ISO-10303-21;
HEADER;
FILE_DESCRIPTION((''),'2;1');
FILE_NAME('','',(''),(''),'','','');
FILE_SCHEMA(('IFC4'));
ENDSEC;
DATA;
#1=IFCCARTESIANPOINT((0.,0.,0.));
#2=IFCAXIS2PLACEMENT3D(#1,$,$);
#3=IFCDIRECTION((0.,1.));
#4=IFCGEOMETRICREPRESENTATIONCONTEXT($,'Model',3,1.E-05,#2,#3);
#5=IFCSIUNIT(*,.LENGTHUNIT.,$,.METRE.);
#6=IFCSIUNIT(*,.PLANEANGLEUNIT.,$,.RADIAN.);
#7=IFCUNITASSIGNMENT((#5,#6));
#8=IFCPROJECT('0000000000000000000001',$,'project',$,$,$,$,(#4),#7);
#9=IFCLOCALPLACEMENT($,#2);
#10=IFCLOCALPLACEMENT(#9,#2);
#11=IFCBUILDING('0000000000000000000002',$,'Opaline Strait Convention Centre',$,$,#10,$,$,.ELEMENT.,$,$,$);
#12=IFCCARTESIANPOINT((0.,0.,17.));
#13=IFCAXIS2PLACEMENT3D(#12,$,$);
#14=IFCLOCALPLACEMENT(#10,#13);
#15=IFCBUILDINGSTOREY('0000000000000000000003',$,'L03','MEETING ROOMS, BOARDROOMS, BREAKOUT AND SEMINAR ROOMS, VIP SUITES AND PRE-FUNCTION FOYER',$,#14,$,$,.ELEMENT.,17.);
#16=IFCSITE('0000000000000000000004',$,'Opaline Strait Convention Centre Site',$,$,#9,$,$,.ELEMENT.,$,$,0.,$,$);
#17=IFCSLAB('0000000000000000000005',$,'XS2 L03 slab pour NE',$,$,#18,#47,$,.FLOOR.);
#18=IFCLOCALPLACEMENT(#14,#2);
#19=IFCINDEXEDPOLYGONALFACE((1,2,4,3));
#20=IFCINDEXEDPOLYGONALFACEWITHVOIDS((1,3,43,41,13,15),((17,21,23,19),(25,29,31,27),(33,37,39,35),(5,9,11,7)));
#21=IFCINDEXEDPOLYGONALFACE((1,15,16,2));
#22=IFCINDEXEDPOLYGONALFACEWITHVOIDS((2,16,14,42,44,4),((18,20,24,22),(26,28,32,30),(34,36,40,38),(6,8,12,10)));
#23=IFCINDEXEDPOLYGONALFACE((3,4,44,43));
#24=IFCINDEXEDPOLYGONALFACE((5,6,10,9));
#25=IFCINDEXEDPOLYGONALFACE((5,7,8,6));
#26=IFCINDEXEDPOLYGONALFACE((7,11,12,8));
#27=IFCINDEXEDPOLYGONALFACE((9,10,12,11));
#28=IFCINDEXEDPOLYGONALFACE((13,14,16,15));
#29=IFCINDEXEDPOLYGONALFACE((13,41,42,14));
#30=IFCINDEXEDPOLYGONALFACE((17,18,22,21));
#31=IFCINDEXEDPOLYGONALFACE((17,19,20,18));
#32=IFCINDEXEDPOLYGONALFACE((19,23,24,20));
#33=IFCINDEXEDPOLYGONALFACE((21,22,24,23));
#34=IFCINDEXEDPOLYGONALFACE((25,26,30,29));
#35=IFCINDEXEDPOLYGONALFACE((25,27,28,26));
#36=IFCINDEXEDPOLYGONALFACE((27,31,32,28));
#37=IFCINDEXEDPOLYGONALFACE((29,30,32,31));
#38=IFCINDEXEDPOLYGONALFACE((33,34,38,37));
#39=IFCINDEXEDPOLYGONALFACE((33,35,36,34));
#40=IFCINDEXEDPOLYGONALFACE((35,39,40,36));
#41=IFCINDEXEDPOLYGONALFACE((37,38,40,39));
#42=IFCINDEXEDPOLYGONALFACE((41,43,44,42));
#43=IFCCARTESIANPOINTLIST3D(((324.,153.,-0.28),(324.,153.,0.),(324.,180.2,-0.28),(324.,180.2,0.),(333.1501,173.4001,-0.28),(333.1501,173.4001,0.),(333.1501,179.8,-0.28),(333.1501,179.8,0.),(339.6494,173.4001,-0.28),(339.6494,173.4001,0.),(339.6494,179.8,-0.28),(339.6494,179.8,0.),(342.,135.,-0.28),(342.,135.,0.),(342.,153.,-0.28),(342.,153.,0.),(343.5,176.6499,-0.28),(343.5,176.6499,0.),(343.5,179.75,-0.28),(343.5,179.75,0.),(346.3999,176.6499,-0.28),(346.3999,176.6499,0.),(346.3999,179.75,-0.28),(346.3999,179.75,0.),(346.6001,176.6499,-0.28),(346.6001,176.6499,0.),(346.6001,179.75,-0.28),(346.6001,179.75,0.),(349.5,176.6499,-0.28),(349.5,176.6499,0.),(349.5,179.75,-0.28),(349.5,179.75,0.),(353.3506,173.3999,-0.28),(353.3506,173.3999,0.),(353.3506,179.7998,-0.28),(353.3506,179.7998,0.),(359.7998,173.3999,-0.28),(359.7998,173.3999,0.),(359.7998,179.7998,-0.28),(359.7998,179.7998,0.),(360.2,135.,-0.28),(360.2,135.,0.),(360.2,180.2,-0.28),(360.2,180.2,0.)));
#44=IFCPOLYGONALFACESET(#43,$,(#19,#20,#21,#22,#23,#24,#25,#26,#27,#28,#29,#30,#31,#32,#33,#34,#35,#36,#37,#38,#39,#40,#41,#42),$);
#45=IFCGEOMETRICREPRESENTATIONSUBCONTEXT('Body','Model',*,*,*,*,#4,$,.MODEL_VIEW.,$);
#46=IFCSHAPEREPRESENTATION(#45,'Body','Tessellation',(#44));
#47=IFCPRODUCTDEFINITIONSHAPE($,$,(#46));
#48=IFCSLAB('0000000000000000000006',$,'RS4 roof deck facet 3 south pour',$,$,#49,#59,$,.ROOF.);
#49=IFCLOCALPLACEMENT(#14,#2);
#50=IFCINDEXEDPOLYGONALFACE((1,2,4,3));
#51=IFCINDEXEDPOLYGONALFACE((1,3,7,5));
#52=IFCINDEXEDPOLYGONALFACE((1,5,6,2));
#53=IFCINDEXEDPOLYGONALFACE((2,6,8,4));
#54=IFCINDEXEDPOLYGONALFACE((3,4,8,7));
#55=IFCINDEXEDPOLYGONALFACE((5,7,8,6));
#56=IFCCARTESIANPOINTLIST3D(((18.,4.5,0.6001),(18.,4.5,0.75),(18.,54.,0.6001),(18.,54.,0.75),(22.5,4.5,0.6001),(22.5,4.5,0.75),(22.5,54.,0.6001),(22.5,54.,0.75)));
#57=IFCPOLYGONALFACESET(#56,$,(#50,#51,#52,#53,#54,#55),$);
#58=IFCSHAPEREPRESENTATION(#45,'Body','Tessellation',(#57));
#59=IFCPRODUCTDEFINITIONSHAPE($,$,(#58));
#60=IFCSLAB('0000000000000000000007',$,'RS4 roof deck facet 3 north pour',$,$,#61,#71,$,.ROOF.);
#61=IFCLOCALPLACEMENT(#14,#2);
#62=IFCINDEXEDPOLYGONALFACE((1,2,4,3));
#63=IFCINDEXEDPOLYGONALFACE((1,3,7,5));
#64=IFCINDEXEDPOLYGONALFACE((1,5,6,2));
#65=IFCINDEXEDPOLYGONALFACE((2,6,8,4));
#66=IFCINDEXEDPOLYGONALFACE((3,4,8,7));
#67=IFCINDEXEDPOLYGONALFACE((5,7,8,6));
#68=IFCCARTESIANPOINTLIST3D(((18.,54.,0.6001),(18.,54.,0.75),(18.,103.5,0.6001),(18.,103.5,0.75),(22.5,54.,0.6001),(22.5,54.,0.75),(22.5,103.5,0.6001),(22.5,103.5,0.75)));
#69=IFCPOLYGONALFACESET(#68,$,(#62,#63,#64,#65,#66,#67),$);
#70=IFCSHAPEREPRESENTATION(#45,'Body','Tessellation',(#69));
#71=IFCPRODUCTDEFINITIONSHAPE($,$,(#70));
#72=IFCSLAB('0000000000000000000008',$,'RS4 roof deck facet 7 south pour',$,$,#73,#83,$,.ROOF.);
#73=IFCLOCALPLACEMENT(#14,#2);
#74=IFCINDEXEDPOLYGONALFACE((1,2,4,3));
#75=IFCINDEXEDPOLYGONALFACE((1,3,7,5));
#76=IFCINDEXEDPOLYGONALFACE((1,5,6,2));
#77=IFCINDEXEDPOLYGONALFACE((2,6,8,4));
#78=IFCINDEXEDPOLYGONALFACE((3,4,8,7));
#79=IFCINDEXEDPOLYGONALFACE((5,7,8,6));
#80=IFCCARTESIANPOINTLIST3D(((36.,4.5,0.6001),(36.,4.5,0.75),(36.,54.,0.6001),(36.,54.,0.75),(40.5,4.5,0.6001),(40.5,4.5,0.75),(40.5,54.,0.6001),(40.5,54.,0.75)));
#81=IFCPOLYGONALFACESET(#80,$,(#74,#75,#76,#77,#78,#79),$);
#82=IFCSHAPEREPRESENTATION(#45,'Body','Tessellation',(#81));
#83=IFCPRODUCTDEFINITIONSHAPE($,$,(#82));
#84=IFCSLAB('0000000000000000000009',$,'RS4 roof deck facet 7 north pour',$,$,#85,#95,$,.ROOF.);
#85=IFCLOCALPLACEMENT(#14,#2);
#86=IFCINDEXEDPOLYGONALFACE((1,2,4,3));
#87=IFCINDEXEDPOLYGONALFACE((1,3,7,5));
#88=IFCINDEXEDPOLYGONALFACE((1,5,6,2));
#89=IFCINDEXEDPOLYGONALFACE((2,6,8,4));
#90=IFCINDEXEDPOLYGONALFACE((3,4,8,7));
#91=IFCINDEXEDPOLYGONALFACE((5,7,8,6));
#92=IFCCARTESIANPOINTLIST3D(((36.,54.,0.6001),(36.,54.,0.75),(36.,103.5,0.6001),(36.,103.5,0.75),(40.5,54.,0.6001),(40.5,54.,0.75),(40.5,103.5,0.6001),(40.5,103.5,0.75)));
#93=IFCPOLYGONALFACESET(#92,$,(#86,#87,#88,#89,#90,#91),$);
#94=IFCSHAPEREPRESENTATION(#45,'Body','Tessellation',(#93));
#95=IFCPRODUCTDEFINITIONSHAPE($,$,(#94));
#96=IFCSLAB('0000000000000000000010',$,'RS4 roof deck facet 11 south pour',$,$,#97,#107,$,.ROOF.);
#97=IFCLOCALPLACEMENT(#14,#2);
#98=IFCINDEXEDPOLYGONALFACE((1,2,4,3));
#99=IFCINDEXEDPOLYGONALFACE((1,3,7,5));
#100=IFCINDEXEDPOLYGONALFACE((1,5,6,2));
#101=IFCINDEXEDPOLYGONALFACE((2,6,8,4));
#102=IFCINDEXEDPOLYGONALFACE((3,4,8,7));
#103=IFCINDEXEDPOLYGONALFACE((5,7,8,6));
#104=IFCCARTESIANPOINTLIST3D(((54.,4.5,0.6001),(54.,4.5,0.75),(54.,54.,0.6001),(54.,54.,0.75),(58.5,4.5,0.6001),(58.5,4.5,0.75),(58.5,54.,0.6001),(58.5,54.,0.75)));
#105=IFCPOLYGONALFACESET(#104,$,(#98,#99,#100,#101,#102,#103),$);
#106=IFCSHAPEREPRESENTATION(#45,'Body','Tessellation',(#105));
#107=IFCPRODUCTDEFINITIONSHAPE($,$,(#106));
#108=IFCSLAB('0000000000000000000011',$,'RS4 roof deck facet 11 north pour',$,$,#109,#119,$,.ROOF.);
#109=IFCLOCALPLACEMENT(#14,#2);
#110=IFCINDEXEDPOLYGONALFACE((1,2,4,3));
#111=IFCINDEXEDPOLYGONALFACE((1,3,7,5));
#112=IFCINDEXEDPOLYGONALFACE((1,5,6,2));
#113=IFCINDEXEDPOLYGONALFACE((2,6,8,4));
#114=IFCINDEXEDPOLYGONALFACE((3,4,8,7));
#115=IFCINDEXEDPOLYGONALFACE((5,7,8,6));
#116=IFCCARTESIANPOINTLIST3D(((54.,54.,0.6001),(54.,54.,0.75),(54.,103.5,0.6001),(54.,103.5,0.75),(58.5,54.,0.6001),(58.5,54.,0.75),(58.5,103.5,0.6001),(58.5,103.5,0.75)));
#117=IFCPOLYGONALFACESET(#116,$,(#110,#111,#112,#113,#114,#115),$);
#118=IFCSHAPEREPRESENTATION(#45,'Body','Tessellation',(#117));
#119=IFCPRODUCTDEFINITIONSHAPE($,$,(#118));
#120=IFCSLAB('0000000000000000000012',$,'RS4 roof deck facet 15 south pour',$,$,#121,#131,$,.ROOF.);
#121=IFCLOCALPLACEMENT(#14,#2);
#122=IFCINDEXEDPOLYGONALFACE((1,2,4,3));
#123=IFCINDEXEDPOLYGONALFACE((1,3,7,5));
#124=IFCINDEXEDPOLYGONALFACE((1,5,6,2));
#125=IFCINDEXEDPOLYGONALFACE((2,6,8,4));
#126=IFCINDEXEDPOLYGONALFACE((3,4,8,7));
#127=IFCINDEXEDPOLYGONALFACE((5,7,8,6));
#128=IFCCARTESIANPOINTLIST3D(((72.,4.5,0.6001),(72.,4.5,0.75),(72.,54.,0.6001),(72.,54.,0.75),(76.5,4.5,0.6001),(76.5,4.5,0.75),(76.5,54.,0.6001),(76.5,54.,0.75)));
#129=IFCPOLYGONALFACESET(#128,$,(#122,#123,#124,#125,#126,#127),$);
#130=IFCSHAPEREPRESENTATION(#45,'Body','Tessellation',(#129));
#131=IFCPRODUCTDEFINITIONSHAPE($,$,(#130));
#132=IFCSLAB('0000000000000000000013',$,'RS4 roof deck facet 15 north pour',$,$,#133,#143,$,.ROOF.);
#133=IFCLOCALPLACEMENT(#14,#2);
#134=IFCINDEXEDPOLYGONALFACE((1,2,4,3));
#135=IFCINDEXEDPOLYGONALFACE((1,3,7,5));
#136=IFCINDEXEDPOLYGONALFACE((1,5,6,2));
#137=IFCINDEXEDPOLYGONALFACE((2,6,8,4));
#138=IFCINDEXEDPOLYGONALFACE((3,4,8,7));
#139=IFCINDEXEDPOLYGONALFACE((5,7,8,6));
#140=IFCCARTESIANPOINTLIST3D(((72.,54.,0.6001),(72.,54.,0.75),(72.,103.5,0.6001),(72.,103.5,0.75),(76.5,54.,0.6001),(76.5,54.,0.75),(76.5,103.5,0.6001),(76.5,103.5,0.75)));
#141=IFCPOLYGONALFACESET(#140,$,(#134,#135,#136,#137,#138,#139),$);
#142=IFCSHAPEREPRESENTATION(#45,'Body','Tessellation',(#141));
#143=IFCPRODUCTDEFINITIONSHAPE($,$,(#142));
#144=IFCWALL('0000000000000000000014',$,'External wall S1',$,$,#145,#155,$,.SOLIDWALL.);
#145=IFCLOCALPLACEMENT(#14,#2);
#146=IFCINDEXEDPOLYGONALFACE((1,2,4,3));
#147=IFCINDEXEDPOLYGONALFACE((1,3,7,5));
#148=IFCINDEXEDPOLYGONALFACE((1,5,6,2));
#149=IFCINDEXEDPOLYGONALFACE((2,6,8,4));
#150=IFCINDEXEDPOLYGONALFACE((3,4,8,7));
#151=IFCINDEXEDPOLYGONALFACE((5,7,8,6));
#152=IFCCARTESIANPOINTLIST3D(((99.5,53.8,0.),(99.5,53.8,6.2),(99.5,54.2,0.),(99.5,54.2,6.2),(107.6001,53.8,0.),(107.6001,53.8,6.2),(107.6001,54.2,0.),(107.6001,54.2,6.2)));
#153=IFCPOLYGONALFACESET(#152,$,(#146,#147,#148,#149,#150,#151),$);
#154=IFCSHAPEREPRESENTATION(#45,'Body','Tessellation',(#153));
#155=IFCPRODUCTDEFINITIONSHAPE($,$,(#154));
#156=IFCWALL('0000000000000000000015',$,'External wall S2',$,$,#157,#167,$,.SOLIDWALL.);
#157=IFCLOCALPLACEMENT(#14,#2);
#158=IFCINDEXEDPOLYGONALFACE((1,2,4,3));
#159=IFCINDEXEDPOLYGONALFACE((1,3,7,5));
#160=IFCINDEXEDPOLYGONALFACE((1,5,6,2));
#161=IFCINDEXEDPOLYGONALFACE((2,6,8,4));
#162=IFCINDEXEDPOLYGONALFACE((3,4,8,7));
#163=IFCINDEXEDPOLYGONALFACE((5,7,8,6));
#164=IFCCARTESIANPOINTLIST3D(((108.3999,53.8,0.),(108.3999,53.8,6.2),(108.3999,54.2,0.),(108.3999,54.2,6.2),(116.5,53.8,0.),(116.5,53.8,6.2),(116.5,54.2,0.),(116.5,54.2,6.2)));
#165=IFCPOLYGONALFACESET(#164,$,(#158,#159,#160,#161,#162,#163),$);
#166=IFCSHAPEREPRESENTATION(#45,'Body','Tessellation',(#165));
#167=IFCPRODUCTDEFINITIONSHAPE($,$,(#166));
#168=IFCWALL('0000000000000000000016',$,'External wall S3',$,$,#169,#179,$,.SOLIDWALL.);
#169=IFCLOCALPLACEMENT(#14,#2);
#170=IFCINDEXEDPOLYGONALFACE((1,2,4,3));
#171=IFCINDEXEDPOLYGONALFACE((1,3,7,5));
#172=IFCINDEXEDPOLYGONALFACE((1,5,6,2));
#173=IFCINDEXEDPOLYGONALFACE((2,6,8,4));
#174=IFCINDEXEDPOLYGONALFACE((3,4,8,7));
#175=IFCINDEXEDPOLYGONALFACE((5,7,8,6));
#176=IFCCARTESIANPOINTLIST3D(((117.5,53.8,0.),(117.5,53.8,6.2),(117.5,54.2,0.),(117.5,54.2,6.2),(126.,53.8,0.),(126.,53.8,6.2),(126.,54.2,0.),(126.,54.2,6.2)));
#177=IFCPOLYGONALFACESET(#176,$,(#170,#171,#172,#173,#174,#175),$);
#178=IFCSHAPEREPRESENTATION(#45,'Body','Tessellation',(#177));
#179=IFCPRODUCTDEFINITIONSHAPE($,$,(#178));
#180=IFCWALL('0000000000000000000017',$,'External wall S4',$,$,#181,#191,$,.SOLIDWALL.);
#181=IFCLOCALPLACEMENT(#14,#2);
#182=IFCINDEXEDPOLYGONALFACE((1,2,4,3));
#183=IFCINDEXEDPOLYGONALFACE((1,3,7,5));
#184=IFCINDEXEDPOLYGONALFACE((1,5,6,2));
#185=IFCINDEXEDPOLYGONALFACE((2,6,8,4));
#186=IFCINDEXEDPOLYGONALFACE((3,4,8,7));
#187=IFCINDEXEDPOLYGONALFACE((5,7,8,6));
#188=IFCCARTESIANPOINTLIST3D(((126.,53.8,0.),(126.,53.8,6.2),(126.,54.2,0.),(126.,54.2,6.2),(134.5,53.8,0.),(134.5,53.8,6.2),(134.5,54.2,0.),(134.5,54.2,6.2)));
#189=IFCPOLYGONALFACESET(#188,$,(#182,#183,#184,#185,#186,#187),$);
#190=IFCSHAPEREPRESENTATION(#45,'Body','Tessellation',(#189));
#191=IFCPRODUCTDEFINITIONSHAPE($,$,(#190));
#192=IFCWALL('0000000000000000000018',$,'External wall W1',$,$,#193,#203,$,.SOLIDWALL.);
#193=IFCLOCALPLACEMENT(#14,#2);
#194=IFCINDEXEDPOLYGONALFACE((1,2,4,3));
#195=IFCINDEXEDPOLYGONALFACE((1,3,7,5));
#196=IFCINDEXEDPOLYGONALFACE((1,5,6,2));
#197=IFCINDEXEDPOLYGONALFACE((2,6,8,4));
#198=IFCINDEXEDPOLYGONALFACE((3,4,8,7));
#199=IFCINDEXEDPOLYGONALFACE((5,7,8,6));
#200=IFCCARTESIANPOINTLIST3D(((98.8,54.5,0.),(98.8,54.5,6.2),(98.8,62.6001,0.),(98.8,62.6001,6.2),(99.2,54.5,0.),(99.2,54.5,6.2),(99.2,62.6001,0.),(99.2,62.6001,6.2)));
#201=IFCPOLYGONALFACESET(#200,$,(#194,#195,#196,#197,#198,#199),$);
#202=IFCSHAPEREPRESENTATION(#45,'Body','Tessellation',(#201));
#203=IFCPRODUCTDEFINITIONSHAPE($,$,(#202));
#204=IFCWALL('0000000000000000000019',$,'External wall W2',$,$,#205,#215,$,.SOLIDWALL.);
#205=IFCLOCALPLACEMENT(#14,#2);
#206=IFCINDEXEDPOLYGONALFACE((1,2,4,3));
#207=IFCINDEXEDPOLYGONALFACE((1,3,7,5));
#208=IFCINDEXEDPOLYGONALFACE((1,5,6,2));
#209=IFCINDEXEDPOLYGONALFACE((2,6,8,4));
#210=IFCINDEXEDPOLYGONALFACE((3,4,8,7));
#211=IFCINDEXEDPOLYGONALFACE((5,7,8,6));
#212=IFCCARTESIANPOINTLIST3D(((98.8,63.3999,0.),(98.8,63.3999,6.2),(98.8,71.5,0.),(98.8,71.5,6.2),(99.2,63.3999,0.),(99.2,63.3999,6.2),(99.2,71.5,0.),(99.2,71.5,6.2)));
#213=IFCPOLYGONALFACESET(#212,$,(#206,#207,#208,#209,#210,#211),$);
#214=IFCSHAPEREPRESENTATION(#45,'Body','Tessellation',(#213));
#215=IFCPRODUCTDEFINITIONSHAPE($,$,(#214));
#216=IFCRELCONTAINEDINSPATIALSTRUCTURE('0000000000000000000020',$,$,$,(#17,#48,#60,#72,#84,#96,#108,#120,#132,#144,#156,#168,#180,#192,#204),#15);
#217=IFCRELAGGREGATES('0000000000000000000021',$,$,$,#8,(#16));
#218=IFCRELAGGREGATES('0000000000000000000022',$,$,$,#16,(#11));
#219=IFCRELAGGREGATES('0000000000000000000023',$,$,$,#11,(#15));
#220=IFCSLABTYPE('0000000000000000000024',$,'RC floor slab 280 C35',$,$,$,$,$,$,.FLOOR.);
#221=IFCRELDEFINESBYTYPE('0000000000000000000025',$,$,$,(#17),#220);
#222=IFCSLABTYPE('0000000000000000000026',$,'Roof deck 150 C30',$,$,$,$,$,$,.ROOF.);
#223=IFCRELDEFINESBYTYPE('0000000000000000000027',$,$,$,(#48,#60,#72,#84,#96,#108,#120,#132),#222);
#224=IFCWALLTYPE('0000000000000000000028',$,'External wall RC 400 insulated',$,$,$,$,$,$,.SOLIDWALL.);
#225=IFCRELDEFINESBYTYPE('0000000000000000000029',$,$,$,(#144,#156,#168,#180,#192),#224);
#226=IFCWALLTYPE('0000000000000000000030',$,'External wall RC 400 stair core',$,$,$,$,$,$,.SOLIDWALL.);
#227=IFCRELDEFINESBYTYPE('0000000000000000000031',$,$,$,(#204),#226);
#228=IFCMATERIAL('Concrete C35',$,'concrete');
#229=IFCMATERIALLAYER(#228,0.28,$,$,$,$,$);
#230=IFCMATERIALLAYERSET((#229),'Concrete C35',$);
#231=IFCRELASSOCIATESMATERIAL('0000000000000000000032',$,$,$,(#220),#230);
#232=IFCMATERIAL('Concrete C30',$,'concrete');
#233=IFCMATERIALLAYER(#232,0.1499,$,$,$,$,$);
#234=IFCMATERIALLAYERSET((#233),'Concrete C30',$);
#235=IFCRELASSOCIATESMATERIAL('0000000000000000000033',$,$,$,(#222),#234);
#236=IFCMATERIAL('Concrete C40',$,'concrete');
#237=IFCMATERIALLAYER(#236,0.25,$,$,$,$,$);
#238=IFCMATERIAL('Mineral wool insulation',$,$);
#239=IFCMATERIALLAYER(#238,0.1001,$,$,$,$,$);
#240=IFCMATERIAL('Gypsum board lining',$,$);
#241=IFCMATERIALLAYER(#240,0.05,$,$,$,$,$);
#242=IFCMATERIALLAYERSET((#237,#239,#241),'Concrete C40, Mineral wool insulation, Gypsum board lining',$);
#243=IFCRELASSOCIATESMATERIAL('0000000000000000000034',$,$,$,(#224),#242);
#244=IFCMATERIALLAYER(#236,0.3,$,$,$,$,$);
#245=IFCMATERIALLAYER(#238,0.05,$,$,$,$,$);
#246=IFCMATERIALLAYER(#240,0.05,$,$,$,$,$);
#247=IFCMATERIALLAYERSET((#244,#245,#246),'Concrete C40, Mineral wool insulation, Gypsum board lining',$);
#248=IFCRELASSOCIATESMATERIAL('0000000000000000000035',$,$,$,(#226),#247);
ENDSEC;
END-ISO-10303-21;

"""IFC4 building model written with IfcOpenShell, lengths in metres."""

from ifc_helpers import new_model, si_unit, direction, frame, frame_2d, origin, place, context, subcontext, project, spatial, polyline, rectangle, outline, extrude, material, layer, layer_set, type_object, element, save


model = new_model("IFC4")

# Units and contexts
model_context = context("Model", 3, precision=1e-05, world=origin(), true_north=direction((0.0, 1.0)))
body_context = subcontext(model_context, "Body", "Model", "MODEL_VIEW")
ifc_project = project(units=[si_unit("LENGTHUNIT", "METRE"), si_unit("PLANEANGLEUNIT", "RADIAN")], contexts=[model_context])

# Site, building, storey
site_placement = place(None, origin())
site = spatial("IfcSite", under=ifc_project, at=site_placement, Name="Opaline Strait Convention Centre Site", CompositionType="ELEMENT", RefElevation=0.0)
building_placement = place(site_placement, origin())
building = spatial("IfcBuilding", under=site, at=building_placement, Name="Opaline Strait Convention Centre", CompositionType="ELEMENT")
storey_placement = place(building_placement, frame((0.0, 0.0, 17.0)))
storey = spatial("IfcBuildingStorey", under=building, at=storey_placement, Name="L03", Description="MEETING ROOMS, BOARDROOMS, BREAKOUT AND SEMINAR ROOMS, VIP SUITES AND PRE-FUNCTION FOYER", CompositionType="ELEMENT", Elevation=17.0)

# Slabs
ifc_material_1 = material(Name="Concrete C35", Category="concrete")
ifc_layer_1 = layer(ifc_material_1, 0.28)
ifc_layer_set_1 = layer_set([ifc_layer_1], Name="Concrete C35")
slab_type_1 = type_object("IfcSlabType", Name="RC floor slab 280 C35", PredefinedType="FLOOR", material=ifc_layer_set_1)
slab_1_placement = place(storey_placement, frame((0.0, 0.0, -0.28)))
element("IfcSlab", 1, at=slab_1_placement, inside=storey, type_object=slab_type_1, Name="XS2 L03 slab pour NE", PredefinedType="FLOOR", context=body_context, shape_type="SweptSolid", body=[
    extrude(outline(polyline([(360.2, 180.2), (360.2, 135.0), (342.0, 135.0), (342.0, 153.0), (324.0, 153.0), (324.0, 180.2), (360.2, 180.2)]), holes=[polyline([(353.3506, 179.7998), (353.3506, 173.3999), (359.7998, 173.3999), (359.7998, 179.7998), (353.3506, 179.7998)]), polyline([(333.1501, 179.8), (333.1501, 173.4001), (339.6494, 173.4001), (339.6494, 179.8), (333.1501, 179.8)]), polyline([(343.5, 179.75), (343.5, 176.6499), (346.3999, 176.6499), (346.3999, 179.75), (343.5, 179.75)]), polyline([(346.6001, 179.75), (346.6001, 176.6499), (349.5, 176.6499), (349.5, 179.75), (346.6001, 179.75)])]), origin(), (0.0, 0.0, 1.0), 0.28),
])
ifc_material_2 = material(Name="Concrete C30", Category="concrete")
ifc_layer_2 = layer(ifc_material_2, 0.1499)
ifc_layer_set_2 = layer_set([ifc_layer_2], Name="Concrete C30")
slab_type_2 = type_object("IfcSlabType", Name="Roof deck 150 C30", PredefinedType="ROOF", material=ifc_layer_set_2)
for number, where, z_axis, x_axis, name in (
    (2, (18.0, 4.5, 0.75), (0.0, 0.0, 1.0), (1.0, 0.0, 0.0), "RS4 roof deck facet 3 south pour"),
    (3, (18.0, 54.0, 0.75), (0.0, 0.0, 1.0), (1.0, 0.0, 0.0), "RS4 roof deck facet 3 north pour"),
    (4, (36.0, 4.5, 0.75), (0.0, 0.0, 1.0), (1.0, 0.0, 0.0), "RS4 roof deck facet 7 south pour"),
    (5, (36.0, 54.0, 0.75), (0.0, 0.0, 1.0), (1.0, 0.0, 0.0), "RS4 roof deck facet 7 north pour"),
    (6, (54.0, 4.5, 0.75), (0.0, 0.0, 1.0), (1.0, 0.0, 0.0), "RS4 roof deck facet 11 south pour"),
    (7, (54.0, 54.0, 0.75), (0.0, 0.0, 1.0), (1.0, 0.0, 0.0), "RS4 roof deck facet 11 north pour"),
    (8, (72.0, 4.5, 0.75), (0.0, 0.0, 1.0), (1.0, 0.0, 0.0), "RS4 roof deck facet 15 south pour"),
    (9, (72.0, 54.0, 0.75), (0.0, 0.0, 1.0), (1.0, 0.0, 0.0), "RS4 roof deck facet 15 north pour"),
):
    element("IfcSlab", number, at=place(storey_placement, frame(where, z_axis=z_axis, x_axis=x_axis)), inside=storey, type_object=slab_type_2, Name=name, PredefinedType="ROOF", context=body_context, shape_type="SweptSolid", body=[
        extrude(outline(polyline([(0.0, 0.0), (4.5, 0.0), (4.5, 49.5), (0.0, 49.5), (0.0, 0.0)])), origin(), (0.0, 0.0, -1.0), 0.1499),
    ])

# Walls
ifc_material_3 = material(Name="Concrete C40", Category="concrete")
ifc_layer_3 = layer(ifc_material_3, 0.25)
ifc_material_4 = material(Name="Mineral wool insulation")
ifc_layer_4 = layer(ifc_material_4, 0.1001)
ifc_material_5 = material(Name="Gypsum board lining")
ifc_layer_5 = layer(ifc_material_5, 0.05)
ifc_layer_set_3 = layer_set([ifc_layer_3, ifc_layer_4, ifc_layer_5], Name="Concrete C40, Mineral wool insulation, Gypsum board lining")
wall_type_1 = type_object("IfcWallType", Name="External wall RC 400 insulated", PredefinedType="SOLIDWALL", material=ifc_layer_set_3)
for number, where, z_axis, x_axis, name in (
    (10, (99.5, 54.0, 0.0), (0.0, 0.0, 1.0), (1.0, 0.0, 0.0), "External wall S1"),
    (11, (108.3999, 54.0, 0.0), (0.0, 0.0, 1.0), (1.0, 0.0, 0.0), "External wall S2"),
):
    element("IfcWall", number, at=place(storey_placement, frame(where, z_axis=z_axis, x_axis=x_axis)), inside=storey, type_object=wall_type_1, Name=name, PredefinedType="SOLIDWALL", context=body_context, shape_type="SweptSolid", body=[
        extrude(rectangle(XDim=8.1001, YDim=0.3999, at=frame_2d((4.05, 0.0))), origin(), (0.0, 0.0, 1.0), 6.2),
    ])
for number, where, z_axis, x_axis, name in (
    (12, (117.5, 54.0, 0.0), (0.0, 0.0, 1.0), (1.0, 0.0, 0.0), "External wall S3"),
    (13, (126.0, 54.0, 0.0), (0.0, 0.0, 1.0), (1.0, 0.0, 0.0), "External wall S4"),
):
    element("IfcWall", number, at=place(storey_placement, frame(where, z_axis=z_axis, x_axis=x_axis)), inside=storey, type_object=wall_type_1, Name=name, PredefinedType="SOLIDWALL", context=body_context, shape_type="SweptSolid", body=[
        extrude(rectangle(XDim=8.5, YDim=0.3999, at=frame_2d((4.25, 0.0))), origin(), (0.0, 0.0, 1.0), 6.2),
    ])
wall_1_placement = place(storey_placement, frame((99.0, 54.5, 0.0), z_axis=(0.0, 0.0, 1.0), x_axis=(0.0, 1.0, 0.0)))
element("IfcWall", 14, at=wall_1_placement, inside=storey, type_object=wall_type_1, Name="External wall W1", PredefinedType="SOLIDWALL", context=body_context, shape_type="SweptSolid", body=[
    extrude(rectangle(XDim=8.1001, YDim=0.3999, at=frame_2d((4.05, 0.0))), origin(), (0.0, 0.0, 1.0), 6.2),
])
ifc_layer_6 = layer(ifc_material_3, 0.3)
ifc_layer_7 = layer(ifc_material_4, 0.05)
ifc_layer_8 = layer(ifc_material_5, 0.05)
ifc_layer_set_4 = layer_set([ifc_layer_6, ifc_layer_7, ifc_layer_8], Name="Concrete C40, Mineral wool insulation, Gypsum board lining")
wall_type_2 = type_object("IfcWallType", Name="External wall RC 400 stair core", PredefinedType="SOLIDWALL", material=ifc_layer_set_4)
wall_2_placement = place(storey_placement, frame((99.0, 63.3999, 0.0), z_axis=(0.0, 0.0, 1.0), x_axis=(0.0, 1.0, 0.0)))
element("IfcWall", 15, at=wall_2_placement, inside=storey, type_object=wall_type_2, Name="External wall W2", PredefinedType="SOLIDWALL", context=body_context, shape_type="SweptSolid", body=[
    extrude(rectangle(XDim=8.1001, YDim=0.3999, at=frame_2d((4.05, 0.0))), origin(), (0.0, 0.0, 1.0), 6.2),
])

save(model, "model.ifc")
